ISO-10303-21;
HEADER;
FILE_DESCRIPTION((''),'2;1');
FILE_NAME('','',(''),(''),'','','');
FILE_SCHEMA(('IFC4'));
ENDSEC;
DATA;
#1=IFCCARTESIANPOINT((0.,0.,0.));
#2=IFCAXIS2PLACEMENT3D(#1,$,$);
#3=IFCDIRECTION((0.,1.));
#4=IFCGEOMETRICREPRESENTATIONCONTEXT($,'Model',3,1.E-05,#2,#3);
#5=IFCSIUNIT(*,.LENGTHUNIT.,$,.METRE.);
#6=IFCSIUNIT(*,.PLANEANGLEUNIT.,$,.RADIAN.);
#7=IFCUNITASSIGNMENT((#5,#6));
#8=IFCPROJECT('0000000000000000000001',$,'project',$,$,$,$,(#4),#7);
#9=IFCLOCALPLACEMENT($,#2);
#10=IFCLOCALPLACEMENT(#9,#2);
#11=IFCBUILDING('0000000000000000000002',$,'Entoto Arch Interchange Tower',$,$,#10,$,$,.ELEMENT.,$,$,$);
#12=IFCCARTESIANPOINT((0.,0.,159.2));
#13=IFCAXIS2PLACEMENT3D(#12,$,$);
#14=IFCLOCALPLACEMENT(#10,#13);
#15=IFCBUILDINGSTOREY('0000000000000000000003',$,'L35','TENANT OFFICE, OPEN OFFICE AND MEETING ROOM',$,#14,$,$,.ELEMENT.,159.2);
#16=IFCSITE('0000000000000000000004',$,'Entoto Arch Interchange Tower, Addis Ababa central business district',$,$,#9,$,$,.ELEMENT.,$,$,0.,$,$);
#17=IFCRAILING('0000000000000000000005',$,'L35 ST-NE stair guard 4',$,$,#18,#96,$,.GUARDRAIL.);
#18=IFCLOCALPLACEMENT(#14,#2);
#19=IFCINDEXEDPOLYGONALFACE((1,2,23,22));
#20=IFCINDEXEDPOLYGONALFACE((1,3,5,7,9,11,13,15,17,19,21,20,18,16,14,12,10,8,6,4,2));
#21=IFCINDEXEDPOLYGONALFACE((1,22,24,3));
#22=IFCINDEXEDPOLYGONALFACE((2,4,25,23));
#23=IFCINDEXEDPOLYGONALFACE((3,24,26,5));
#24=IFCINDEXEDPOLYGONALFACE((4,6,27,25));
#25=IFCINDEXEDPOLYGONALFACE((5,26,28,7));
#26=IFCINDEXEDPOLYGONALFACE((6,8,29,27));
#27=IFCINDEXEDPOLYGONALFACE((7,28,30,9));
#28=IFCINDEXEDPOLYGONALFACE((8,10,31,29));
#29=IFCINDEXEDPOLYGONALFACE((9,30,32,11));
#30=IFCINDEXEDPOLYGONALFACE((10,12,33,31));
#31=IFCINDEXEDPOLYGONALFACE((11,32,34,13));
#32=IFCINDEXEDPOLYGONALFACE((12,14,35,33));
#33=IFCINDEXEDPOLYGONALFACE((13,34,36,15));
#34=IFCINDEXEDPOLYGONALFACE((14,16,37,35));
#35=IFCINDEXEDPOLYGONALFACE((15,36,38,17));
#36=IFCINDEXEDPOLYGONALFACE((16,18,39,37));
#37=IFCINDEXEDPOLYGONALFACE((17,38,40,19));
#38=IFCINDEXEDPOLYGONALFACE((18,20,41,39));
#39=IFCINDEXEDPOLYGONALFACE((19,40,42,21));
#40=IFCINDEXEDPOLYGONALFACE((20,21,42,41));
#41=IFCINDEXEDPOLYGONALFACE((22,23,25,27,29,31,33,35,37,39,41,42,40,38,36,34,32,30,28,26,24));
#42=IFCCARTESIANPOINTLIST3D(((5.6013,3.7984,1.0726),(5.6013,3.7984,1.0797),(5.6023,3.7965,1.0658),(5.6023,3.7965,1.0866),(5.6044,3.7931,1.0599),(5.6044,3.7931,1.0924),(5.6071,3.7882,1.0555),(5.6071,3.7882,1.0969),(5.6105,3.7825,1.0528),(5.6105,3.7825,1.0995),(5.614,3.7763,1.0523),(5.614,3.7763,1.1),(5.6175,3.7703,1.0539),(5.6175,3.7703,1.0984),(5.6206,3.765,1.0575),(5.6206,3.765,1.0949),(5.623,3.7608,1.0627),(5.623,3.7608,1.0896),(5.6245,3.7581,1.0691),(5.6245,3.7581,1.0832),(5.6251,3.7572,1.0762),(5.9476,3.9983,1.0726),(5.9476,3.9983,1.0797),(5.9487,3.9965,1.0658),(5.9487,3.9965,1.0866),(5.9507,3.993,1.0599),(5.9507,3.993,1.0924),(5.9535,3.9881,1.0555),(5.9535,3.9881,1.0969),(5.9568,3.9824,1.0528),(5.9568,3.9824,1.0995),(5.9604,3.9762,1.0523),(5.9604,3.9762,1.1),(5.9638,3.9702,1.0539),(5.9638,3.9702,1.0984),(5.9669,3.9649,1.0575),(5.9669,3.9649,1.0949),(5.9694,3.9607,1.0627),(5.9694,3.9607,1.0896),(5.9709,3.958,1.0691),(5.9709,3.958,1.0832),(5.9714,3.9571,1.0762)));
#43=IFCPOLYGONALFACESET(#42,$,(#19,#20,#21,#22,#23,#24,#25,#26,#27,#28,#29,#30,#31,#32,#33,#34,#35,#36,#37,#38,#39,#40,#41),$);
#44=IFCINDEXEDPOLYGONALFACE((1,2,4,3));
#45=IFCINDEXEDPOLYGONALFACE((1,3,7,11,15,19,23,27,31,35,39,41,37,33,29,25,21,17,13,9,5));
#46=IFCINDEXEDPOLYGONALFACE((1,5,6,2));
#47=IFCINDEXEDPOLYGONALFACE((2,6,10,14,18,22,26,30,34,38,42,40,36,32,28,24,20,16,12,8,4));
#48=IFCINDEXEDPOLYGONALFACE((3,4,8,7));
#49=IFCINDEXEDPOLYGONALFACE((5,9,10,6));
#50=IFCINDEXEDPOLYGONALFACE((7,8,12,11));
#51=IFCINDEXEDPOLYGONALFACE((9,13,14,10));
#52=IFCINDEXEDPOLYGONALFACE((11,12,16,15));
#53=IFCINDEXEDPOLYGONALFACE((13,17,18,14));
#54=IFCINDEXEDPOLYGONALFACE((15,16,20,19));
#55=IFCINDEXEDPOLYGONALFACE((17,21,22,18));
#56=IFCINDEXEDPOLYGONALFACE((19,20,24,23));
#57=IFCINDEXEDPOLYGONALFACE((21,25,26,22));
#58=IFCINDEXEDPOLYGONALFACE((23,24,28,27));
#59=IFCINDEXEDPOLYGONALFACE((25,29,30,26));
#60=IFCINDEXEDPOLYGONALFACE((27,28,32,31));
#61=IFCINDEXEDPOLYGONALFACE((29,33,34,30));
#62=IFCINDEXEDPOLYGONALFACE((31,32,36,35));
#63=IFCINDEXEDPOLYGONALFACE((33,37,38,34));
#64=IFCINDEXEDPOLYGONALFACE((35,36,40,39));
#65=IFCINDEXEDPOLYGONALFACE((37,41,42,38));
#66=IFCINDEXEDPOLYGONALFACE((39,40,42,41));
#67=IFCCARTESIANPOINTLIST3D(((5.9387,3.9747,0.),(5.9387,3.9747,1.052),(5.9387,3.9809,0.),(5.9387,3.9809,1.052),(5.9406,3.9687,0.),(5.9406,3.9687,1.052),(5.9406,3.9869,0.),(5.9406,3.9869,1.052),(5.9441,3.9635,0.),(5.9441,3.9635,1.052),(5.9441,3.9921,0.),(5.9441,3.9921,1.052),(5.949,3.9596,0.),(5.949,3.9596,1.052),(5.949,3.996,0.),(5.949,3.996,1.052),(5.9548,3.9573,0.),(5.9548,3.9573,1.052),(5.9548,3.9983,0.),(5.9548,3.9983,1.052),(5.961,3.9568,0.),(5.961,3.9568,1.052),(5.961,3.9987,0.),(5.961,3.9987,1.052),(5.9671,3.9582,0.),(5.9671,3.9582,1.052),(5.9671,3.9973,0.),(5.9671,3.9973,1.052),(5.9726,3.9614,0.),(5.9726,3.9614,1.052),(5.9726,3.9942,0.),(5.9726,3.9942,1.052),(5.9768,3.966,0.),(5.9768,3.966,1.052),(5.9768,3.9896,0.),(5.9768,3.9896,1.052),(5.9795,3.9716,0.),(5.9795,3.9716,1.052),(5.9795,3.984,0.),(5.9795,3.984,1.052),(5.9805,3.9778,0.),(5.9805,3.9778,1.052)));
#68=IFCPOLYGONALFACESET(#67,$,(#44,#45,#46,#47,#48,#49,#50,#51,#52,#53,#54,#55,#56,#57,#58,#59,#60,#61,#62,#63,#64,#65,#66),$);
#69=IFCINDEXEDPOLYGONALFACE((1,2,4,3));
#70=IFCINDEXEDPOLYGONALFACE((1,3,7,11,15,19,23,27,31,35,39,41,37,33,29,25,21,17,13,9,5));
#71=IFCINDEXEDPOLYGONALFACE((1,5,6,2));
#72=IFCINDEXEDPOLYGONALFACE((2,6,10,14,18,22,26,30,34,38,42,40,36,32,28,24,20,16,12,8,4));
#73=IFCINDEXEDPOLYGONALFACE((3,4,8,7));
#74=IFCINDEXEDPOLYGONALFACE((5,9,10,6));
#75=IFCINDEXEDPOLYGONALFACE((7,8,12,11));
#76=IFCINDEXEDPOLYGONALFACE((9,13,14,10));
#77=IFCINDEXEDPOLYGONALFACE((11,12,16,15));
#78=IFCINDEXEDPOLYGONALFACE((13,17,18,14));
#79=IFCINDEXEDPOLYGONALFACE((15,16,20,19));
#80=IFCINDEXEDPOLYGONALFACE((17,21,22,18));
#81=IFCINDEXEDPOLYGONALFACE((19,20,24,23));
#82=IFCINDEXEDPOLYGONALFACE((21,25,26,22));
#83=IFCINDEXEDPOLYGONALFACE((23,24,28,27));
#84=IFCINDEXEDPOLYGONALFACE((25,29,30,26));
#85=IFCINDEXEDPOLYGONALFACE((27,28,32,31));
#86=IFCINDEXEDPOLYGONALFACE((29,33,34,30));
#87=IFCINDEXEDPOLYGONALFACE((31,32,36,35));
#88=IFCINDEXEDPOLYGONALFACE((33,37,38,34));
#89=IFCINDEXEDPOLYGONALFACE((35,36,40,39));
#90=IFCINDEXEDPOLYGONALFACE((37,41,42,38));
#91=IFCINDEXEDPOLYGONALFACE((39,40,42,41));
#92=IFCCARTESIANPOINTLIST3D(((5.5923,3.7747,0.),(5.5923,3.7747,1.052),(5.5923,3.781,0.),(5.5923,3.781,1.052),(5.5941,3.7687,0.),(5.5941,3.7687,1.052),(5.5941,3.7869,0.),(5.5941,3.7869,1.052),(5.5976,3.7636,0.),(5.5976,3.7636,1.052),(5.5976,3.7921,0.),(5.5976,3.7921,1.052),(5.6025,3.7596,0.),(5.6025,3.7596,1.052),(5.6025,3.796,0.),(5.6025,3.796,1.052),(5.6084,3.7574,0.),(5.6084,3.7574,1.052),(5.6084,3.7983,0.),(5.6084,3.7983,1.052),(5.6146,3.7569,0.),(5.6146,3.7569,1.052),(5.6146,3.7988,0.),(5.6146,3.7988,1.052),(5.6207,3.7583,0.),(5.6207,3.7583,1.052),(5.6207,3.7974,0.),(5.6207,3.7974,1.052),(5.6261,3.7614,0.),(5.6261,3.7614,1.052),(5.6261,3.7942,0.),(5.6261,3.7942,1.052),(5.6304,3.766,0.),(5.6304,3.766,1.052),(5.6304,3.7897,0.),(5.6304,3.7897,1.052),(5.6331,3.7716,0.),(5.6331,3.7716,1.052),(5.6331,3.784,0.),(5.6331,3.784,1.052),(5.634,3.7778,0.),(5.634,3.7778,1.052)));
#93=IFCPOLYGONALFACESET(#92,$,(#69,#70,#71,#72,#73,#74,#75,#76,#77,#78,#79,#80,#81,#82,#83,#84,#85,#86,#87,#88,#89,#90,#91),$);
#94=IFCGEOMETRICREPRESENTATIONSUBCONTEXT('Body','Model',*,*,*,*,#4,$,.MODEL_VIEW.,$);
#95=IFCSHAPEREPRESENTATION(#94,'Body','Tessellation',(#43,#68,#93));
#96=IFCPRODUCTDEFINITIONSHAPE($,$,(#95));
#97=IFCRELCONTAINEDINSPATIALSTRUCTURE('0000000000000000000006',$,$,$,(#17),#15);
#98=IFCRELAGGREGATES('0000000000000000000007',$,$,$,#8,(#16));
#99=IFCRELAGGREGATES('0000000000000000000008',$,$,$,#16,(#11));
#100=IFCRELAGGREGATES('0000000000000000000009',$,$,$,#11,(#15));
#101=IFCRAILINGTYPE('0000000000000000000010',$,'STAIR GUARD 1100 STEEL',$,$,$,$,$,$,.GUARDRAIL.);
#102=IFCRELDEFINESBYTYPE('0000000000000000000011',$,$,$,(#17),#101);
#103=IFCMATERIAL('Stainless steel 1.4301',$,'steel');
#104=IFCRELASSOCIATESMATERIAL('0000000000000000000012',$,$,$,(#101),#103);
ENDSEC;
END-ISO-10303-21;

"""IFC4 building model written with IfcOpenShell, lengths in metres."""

from ifc_helpers import new_model, si_unit, direction, frame, origin, origin_2d, place, context, subcontext, project, spatial, circle, extrude, material, type_object, element, save


model = new_model("IFC4")

# Units and contexts
model_context = context("Model", 3, precision=1e-05, world=origin(), true_north=direction((0.0, 1.0)))
body_context = subcontext(model_context, "Body", "Model", "MODEL_VIEW")
ifc_project = project(units=[si_unit("LENGTHUNIT", "METRE"), si_unit("PLANEANGLEUNIT", "RADIAN")], contexts=[model_context])

# Site, building, storey
site_placement = place(None, origin())
site = spatial("IfcSite", under=ifc_project, at=site_placement, Name="Entoto Arch Interchange Tower, Addis Ababa central business district", CompositionType="ELEMENT", RefElevation=0.0)
building_placement = place(site_placement, origin())
building = spatial("IfcBuilding", under=site, at=building_placement, Name="Entoto Arch Interchange Tower", CompositionType="ELEMENT")
storey_placement = place(building_placement, frame((0.0, 0.0, 159.2)))
storey = spatial("IfcBuildingStorey", under=building, at=storey_placement, Name="L35", Description="TENANT OFFICE, OPEN OFFICE AND MEETING ROOM", CompositionType="ELEMENT", Elevation=159.2)

# Railing
ifc_material_1 = material(Name="Stainless steel 1.4301", Category="steel")
railing_type_1 = type_object("IfcRailingType", Name="STAIR GUARD 1100 STEEL", PredefinedType="GUARDRAIL", material=ifc_material_1)
railing_1_placement = place(storey_placement, frame((5.9595, 3.9778, 0.0)))
element("IfcRailing", 1, at=railing_1_placement, inside=storey, type_object=railing_type_1, Name="L35 ST-NE stair guard 4", PredefinedType="GUARDRAIL", context=body_context, shape_type="SweptSolid", body=[
    extrude(circle(Radius=0.0239, at=origin_2d()), frame((0.0, 0.0, 1.0762), z_axis=(-0.866094, -0.499881, 0.0), x_axis=(0.499881, -0.866094, 0.0)), (0.0, 0.0, 1.0), 0.3999),
    extrude(circle(Radius=0.021, at=origin_2d()), origin(), (0.0, 0.0, 1.0), 1.052),
    extrude(circle(Radius=0.021, at=origin_2d()), frame((-0.3464, -0.2, 0.0)), (0.0, 0.0, 1.0), 1.052),
])

save(model, "model.ifc")
